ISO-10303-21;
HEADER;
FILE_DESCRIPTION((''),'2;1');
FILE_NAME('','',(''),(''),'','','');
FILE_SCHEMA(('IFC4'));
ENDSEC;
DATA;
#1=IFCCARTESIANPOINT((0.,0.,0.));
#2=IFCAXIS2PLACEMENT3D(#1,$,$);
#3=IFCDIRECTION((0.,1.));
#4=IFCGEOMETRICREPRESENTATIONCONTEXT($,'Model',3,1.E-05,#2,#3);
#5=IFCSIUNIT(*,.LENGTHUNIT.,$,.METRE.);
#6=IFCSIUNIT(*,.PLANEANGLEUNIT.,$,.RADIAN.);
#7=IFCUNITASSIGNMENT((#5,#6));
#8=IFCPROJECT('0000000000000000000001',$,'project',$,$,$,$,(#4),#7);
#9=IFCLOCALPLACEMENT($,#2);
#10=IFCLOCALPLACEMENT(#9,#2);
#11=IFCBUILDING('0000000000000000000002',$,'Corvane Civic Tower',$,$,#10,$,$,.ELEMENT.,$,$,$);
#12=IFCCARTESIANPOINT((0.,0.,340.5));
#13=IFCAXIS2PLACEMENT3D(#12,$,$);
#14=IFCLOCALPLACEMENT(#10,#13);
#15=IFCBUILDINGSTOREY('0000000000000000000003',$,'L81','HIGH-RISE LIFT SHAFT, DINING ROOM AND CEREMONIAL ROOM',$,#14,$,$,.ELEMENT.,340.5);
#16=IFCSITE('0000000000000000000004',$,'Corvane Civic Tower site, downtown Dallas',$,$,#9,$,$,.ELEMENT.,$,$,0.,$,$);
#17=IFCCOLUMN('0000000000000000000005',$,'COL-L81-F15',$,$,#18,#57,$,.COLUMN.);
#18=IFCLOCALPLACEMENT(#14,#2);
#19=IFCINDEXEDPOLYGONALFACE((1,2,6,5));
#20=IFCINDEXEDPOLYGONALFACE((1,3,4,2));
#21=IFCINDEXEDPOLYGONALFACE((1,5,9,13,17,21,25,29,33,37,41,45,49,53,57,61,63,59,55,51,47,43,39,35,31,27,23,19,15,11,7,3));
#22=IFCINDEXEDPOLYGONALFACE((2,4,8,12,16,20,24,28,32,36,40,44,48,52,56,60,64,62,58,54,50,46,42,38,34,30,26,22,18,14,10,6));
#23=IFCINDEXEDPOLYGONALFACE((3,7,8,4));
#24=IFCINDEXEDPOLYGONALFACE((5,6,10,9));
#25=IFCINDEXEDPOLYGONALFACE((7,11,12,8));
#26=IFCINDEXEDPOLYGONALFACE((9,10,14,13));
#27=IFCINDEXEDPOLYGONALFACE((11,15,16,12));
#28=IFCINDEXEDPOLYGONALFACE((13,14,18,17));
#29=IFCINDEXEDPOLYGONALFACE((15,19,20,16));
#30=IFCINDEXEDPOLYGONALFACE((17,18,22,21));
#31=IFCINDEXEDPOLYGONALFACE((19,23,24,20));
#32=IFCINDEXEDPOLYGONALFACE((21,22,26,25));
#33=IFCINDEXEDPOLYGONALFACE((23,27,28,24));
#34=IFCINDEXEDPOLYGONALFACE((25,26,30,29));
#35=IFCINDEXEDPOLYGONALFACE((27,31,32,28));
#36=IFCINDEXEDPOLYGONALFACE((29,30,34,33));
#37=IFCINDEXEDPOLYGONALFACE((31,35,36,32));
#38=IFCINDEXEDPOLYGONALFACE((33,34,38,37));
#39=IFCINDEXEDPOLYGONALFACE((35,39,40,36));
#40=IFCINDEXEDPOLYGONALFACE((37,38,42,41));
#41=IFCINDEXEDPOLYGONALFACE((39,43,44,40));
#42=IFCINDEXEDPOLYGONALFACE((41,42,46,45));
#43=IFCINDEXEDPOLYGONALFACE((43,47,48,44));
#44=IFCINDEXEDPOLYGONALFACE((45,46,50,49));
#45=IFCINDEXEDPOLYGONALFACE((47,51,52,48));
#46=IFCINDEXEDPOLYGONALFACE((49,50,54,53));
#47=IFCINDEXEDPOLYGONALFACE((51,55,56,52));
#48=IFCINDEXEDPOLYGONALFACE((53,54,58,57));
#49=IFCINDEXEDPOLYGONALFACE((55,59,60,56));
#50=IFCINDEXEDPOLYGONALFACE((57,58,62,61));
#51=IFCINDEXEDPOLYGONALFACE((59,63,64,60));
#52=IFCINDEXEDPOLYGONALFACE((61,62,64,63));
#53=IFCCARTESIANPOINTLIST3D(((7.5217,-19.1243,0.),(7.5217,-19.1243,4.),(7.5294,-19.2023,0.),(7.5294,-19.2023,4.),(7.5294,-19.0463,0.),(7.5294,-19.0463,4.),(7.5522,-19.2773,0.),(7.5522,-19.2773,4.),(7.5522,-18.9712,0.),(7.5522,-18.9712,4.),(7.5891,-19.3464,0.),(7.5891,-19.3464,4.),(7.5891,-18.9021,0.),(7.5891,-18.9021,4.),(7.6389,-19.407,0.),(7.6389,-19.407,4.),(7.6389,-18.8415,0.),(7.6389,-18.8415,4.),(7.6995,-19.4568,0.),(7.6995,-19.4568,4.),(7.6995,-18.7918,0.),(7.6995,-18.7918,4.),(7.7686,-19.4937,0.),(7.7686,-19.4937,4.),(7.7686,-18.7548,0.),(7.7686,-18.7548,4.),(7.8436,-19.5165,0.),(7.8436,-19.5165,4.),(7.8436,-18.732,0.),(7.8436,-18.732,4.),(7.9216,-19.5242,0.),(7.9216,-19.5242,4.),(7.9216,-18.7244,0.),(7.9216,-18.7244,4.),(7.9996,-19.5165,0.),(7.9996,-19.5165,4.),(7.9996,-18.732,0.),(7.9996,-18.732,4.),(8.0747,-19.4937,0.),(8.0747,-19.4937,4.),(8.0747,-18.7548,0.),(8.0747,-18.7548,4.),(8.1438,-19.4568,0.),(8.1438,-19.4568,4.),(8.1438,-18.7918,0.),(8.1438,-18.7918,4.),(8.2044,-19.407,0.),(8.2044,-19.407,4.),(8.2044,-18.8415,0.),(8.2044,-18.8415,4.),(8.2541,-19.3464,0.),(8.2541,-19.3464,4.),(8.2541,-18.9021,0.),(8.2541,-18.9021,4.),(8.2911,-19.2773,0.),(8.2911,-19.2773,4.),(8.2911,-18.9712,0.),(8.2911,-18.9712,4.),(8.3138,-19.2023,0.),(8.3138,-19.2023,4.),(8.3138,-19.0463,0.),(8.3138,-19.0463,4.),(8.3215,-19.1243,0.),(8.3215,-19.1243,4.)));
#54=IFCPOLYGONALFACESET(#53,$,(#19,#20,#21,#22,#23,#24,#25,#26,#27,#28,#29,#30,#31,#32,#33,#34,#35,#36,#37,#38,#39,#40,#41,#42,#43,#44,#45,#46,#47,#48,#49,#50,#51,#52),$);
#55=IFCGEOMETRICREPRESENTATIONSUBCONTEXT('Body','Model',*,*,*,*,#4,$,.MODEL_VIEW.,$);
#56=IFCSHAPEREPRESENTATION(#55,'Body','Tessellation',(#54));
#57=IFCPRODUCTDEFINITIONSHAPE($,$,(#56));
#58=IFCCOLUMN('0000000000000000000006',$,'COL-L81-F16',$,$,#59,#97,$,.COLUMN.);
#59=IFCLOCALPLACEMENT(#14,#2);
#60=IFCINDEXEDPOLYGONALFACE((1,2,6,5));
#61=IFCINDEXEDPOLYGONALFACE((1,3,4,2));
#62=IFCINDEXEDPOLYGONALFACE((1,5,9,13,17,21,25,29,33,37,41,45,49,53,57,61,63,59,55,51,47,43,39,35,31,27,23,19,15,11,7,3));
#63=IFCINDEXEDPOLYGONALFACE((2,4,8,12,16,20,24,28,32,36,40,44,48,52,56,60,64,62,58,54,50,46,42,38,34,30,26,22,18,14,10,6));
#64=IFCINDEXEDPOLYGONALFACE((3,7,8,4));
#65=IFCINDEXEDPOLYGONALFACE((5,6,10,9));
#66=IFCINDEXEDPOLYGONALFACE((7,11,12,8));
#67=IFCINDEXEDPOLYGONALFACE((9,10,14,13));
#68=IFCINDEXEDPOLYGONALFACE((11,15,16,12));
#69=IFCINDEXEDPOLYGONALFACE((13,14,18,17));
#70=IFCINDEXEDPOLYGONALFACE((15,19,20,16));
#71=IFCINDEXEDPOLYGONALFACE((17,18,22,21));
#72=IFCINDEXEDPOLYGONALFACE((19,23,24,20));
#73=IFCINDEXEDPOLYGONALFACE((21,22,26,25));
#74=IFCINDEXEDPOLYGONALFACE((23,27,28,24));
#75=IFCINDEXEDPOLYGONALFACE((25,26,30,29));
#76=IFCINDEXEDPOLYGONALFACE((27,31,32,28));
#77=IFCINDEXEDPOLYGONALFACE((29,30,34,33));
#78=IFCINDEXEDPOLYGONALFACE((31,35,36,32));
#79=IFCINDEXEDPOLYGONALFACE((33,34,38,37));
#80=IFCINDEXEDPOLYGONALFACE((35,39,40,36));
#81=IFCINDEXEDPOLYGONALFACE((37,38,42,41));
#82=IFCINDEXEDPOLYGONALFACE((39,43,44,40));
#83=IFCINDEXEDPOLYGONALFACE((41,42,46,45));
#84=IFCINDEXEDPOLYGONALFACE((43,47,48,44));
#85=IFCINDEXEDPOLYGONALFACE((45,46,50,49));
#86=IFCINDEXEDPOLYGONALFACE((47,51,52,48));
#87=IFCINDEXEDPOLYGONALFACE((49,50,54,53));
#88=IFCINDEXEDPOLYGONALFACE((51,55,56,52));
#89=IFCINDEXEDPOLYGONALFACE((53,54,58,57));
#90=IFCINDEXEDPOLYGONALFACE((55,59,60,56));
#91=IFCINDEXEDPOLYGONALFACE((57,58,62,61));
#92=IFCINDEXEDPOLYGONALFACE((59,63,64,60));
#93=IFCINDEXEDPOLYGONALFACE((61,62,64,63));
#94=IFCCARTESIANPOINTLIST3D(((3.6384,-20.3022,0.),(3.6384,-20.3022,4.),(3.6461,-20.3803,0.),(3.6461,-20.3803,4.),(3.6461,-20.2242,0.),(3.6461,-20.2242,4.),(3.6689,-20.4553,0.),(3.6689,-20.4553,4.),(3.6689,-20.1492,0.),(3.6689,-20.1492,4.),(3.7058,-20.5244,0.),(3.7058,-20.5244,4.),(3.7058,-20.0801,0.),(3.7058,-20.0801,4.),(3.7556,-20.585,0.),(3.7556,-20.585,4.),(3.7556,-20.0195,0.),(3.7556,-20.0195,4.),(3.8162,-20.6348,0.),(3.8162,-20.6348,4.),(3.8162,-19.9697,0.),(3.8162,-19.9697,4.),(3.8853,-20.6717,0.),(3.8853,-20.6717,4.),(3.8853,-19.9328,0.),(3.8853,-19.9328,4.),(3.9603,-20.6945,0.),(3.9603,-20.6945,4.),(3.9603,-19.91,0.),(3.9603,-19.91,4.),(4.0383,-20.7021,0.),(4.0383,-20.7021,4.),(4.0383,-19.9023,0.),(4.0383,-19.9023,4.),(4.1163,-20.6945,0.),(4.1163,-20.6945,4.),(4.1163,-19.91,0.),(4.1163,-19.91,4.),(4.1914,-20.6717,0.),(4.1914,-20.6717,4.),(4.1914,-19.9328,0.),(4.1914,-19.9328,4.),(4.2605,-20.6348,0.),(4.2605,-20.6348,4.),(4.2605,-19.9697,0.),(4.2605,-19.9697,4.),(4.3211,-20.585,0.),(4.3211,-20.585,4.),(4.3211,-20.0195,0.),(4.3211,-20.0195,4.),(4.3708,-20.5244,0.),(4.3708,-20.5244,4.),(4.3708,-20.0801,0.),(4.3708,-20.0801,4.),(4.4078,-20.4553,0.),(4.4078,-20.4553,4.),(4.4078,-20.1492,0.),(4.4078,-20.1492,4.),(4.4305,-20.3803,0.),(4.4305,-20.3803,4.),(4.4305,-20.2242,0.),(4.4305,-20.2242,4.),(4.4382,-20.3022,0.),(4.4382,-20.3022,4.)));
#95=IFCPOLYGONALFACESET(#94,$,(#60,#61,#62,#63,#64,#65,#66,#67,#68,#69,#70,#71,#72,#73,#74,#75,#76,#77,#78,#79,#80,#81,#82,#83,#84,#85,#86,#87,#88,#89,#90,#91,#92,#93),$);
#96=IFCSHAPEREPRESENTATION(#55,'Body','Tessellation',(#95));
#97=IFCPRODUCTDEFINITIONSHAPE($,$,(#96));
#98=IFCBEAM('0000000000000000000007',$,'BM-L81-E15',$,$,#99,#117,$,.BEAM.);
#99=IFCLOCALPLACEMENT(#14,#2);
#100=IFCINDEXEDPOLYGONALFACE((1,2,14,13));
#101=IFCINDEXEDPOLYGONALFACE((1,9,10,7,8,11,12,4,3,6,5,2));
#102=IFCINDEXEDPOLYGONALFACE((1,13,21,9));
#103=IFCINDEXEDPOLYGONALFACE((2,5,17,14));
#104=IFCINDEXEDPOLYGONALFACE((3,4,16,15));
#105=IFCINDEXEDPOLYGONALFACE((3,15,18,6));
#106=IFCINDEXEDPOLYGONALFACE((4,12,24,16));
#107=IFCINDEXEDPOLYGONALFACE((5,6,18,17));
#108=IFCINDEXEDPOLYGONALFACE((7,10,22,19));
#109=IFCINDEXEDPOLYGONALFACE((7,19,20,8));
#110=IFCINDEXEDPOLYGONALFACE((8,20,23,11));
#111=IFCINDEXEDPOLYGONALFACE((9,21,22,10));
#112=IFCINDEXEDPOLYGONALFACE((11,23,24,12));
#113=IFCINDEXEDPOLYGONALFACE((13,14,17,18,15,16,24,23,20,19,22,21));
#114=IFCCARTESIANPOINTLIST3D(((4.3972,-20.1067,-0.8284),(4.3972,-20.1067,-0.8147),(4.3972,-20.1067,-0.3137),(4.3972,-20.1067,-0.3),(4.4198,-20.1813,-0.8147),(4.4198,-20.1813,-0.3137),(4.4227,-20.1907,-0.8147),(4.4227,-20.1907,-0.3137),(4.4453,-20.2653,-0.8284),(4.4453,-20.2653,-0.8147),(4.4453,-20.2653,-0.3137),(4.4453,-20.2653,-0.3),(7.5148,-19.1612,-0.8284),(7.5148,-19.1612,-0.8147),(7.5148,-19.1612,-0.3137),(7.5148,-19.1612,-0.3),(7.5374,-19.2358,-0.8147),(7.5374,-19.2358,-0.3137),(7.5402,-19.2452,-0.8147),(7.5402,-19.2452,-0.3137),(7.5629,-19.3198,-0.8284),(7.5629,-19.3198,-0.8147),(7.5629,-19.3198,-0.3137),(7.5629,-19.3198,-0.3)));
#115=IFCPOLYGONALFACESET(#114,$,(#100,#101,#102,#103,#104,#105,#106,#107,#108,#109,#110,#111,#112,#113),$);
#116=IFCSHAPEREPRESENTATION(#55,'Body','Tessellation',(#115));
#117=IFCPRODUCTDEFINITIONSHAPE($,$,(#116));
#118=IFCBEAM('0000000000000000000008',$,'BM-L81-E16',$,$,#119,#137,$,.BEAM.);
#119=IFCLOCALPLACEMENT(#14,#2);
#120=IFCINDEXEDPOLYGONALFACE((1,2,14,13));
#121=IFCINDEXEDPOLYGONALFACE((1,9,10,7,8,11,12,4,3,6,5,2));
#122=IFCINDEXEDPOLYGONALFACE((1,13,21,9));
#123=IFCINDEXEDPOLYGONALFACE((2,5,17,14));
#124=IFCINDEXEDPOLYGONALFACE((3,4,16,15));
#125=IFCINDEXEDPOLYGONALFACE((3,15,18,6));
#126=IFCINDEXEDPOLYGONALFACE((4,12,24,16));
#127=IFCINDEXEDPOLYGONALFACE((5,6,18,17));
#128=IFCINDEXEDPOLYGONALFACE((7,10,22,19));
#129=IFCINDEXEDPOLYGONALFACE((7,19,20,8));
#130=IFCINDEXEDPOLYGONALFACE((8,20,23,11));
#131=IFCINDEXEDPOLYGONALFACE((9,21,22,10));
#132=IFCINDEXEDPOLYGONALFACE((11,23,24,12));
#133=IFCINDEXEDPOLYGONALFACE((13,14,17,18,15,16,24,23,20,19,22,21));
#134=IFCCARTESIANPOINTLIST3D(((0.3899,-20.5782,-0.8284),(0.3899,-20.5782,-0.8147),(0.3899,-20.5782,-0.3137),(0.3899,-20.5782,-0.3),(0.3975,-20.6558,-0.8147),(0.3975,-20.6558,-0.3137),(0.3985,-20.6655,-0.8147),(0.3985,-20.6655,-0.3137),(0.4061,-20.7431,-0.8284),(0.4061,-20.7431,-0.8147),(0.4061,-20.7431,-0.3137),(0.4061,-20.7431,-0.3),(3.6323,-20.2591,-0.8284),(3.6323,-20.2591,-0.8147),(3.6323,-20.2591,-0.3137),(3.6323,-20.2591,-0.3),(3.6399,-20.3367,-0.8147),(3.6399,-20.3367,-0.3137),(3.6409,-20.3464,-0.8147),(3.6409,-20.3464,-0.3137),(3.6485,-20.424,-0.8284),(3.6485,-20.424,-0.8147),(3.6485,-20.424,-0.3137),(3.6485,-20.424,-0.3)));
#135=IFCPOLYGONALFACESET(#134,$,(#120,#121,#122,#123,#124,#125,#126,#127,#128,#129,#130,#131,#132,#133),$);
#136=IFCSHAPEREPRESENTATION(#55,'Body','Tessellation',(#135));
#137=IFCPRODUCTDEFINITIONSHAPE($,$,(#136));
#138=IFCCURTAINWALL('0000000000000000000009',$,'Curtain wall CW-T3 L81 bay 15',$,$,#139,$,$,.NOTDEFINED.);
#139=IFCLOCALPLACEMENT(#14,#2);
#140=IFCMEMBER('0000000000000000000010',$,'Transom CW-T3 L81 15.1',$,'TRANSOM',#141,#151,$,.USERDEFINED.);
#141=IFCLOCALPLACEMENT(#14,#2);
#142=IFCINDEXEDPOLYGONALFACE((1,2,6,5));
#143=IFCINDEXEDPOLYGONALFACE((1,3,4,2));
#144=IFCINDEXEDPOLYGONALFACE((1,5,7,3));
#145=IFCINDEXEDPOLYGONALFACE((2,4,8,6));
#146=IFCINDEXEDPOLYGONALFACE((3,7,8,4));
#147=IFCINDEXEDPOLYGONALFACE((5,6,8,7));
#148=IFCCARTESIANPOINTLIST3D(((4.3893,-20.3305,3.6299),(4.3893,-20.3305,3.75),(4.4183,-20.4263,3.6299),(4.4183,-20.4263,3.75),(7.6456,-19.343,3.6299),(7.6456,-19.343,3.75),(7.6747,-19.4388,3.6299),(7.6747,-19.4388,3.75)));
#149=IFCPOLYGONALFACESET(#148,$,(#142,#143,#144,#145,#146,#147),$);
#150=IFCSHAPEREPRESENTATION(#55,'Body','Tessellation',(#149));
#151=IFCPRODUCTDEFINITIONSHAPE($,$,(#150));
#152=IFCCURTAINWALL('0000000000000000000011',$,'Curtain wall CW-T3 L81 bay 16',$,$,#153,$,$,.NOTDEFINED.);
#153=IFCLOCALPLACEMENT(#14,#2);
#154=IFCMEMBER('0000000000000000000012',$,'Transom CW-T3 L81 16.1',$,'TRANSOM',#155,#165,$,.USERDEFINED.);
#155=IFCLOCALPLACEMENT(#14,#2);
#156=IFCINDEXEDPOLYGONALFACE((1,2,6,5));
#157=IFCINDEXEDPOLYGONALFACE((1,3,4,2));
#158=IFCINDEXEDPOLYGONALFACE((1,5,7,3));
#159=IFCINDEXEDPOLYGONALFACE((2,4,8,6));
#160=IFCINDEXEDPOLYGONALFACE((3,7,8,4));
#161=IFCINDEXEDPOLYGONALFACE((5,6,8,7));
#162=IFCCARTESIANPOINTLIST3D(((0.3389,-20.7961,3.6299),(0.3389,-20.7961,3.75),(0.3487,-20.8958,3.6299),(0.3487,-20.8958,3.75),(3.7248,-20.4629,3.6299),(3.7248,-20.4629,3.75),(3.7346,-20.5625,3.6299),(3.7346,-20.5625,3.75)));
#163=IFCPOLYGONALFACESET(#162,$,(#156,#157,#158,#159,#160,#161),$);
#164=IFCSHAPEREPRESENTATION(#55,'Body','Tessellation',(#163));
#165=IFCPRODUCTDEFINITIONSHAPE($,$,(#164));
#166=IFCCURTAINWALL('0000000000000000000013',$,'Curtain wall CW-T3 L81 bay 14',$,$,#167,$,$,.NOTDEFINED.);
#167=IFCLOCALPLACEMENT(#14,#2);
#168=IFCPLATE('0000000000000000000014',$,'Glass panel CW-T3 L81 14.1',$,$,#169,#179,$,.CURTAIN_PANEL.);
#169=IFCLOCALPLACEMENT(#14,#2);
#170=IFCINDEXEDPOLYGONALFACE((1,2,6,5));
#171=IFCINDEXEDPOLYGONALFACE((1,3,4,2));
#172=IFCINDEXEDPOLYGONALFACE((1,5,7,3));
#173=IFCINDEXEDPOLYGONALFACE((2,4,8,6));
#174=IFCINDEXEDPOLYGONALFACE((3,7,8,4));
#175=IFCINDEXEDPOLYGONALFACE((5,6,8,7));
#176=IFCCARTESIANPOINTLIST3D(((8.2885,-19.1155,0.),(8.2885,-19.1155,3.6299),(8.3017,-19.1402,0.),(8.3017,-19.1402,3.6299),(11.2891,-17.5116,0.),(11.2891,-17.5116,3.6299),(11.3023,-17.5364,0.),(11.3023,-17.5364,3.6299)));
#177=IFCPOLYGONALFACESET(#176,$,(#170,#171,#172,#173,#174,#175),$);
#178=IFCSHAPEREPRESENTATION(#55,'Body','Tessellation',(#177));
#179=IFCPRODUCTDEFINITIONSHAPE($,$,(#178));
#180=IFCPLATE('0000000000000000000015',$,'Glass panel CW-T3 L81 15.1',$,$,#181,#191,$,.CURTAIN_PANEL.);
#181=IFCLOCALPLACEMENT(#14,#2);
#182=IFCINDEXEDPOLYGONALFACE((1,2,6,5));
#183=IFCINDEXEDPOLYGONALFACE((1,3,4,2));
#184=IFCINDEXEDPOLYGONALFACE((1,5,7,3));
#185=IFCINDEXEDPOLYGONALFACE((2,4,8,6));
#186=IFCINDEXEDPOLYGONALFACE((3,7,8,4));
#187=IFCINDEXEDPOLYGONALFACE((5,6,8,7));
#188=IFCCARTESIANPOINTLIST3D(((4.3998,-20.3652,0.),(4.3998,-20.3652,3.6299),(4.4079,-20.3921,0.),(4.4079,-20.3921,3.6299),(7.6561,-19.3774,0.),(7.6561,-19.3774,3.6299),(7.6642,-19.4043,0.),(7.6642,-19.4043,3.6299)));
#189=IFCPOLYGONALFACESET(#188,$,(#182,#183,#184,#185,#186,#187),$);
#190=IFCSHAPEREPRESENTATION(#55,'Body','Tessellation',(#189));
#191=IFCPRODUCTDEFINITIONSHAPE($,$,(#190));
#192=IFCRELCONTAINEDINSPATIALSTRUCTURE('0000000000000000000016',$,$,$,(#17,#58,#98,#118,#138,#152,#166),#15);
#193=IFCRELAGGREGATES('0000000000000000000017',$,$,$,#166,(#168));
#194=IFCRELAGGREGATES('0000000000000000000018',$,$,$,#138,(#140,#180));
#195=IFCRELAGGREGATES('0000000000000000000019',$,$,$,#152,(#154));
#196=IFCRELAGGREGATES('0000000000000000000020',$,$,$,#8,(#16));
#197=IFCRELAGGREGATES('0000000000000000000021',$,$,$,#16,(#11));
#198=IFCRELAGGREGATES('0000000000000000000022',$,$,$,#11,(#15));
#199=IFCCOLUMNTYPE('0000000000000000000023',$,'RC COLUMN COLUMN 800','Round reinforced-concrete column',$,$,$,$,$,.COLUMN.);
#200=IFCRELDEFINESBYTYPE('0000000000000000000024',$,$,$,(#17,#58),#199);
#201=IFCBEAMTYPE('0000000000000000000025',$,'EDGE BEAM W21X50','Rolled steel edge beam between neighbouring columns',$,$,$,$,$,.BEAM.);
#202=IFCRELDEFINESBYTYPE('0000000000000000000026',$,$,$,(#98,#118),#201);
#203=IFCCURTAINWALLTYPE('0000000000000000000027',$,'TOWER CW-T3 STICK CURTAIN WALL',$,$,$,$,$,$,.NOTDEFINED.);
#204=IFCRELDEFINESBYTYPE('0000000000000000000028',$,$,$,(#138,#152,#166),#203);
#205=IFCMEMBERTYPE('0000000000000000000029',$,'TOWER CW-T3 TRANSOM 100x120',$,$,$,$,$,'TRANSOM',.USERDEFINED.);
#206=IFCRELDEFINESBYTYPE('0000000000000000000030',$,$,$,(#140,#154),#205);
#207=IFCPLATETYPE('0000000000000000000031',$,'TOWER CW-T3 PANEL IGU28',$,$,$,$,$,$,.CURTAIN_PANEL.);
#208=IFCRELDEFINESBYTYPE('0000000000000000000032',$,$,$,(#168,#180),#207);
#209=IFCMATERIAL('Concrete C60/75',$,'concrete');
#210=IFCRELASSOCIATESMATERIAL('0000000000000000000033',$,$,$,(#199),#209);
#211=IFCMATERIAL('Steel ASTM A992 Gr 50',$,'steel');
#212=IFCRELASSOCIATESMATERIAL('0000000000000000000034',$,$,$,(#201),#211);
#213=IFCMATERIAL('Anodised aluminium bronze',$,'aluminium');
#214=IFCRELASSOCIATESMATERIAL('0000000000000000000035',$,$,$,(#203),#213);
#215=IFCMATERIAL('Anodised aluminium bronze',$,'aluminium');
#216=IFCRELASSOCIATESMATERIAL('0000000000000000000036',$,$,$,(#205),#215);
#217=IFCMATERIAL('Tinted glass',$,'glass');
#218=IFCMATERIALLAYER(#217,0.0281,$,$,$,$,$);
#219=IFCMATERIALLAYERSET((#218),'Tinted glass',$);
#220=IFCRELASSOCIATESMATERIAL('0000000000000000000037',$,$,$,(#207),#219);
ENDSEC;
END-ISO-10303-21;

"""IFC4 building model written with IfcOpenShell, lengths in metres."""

from ifc_helpers import new_model, si_unit, direction, frame, origin, origin_2d, place, context, subcontext, project, spatial, rectangle, circle, i_section, extrude, material, layer, layer_set, material_profile, profile_set, type_object, element, aggregate, save


model = new_model("IFC4")

# Units and contexts
model_context = context("Model", 3, precision=1e-05, world=origin(), true_north=direction((0.0, 1.0)))
body_context = subcontext(model_context, "Body", "Model", "MODEL_VIEW")
ifc_project = project(units=[si_unit("LENGTHUNIT", "METRE"), si_unit("PLANEANGLEUNIT", "RADIAN")], contexts=[model_context])

# Site, building, storey
site_placement = place(None, origin())
site = spatial("IfcSite", under=ifc_project, at=site_placement, Name="Corvane Civic Tower site, downtown Dallas", CompositionType="ELEMENT", RefElevation=0.0)
building_placement = place(site_placement, origin())
building = spatial("IfcBuilding", under=site, at=building_placement, Name="Corvane Civic Tower", CompositionType="ELEMENT")
storey_placement = place(building_placement, frame((0.0, 0.0, 340.5)))
storey = spatial("IfcBuildingStorey", under=building, at=storey_placement, Name="L81", Description="HIGH-RISE LIFT SHAFT, DINING ROOM AND CEREMONIAL ROOM", CompositionType="ELEMENT", Elevation=340.5)

# Columns
ifc_material_1 = material(Name="Concrete C60/75", Category="concrete")
ifc_material_profile_1 = material_profile(ifc_material_1, circle(Radius=0.3999, at=origin_2d()), Name="COLUMN 800")
ifc_profile_set_1 = profile_set([ifc_material_profile_1], Name="Concrete C60/75")
column_type = type_object("IfcColumnType", Name="RC COLUMN COLUMN 800", Description="Round reinforced-concrete column", PredefinedType="COLUMN", material=ifc_profile_set_1)
for number, where, z_axis, x_axis, name in (
    (1, (7.9216, -19.1243, 0.0), (0.0, 0.0, 1.0), (1.0, 0.0, 0.0), "COL-L81-F15"),
    (2, (4.0383, -20.3022, 0.0), (0.0, 0.0, 1.0), (1.0, 0.0, 0.0), "COL-L81-F16"),
):
    element("IfcColumn", number, at=place(storey_placement, frame(where, z_axis=z_axis, x_axis=x_axis)), inside=storey, type_object=column_type, Name=name, PredefinedType="COLUMN", context=body_context, shape_type="SweptSolid", body=[
        extrude(circle(Radius=0.3999, at=origin_2d()), origin(), (0.0, 0.0, 1.0), 4.0),
    ])

# Beams
ifc_material_2 = material(Name="Steel ASTM A992 Gr 50", Category="steel")
ifc_material_profile_2 = material_profile(ifc_material_2, i_section(OverallWidth=0.1658, OverallDepth=0.5283, WebThickness=0.0098, FlangeThickness=0.0137, at=origin_2d()), Name="W21X50")
ifc_profile_set_2 = profile_set([ifc_material_profile_2], Name="Steel ASTM A992 Gr 50")
beam_type = type_object("IfcBeamType", Name="EDGE BEAM W21X50", Description="Rolled steel edge beam between neighbouring columns", PredefinedType="BEAM", material=ifc_profile_set_2)
beam_1_placement = place(storey_placement, frame((7.5388, -19.2405, -0.5642), z_axis=(-0.956956, -0.290234, 0.0), x_axis=(0.290234, -0.956956, 0.0)))
element("IfcBeam", 3, at=beam_1_placement, inside=storey, type_object=beam_type, Name="BM-L81-E15", PredefinedType="BEAM", context=body_context, shape_type="SweptSolid", body=[
    extrude(i_section(OverallWidth=0.1658, OverallDepth=0.5283, WebThickness=0.0098, FlangeThickness=0.0137, at=origin_2d()), origin(), (0.0, 0.0, 1.0), 3.2578),
])
beam_2_placement = place(storey_placement, frame((3.6404, -20.3416, -0.5642), z_axis=(-0.995193, -0.097938, 0.0), x_axis=(0.097938, -0.995193, 0.0)))
element("IfcBeam", 4, at=beam_2_placement, inside=storey, type_object=beam_type, Name="BM-L81-E16", PredefinedType="BEAM", context=body_context, shape_type="SweptSolid", body=[
    extrude(i_section(OverallWidth=0.1658, OverallDepth=0.5283, WebThickness=0.0098, FlangeThickness=0.0137, at=origin_2d()), origin(), (0.0, 0.0, 1.0), 3.2581),
])

# Curtain walls, members
ifc_material_3 = material(Name="Anodised aluminium bronze", Category="aluminium")
curtain_wall_type = type_object("IfcCurtainWallType", Name="TOWER CW-T3 STICK CURTAIN WALL", PredefinedType="NOTDEFINED", material=ifc_material_3)
curtain_wall_1_placement = place(storey_placement, origin())
curtain_wall_1 = element("IfcCurtainWall", 5, at=curtain_wall_1_placement, inside=storey, type_object=curtain_wall_type, Name="Curtain wall CW-T3 L81 bay 15", PredefinedType="NOTDEFINED")
ifc_material_4 = material(Name="Anodised aluminium bronze", Category="aluminium")
ifc_material_profile_3 = material_profile(ifc_material_4, rectangle(XDim=0.1001, YDim=0.1201, at=origin_2d()), Name="TOWER CW-T3 TRANSOM 100x120")
ifc_profile_set_3 = profile_set([ifc_material_profile_3], Name="Anodised aluminium bronze")
member_type = type_object("IfcMemberType", Name="TOWER CW-T3 TRANSOM 100x120", ElementType="TRANSOM", PredefinedType="USERDEFINED", material=ifc_profile_set_3)
member_1_placement = place(storey_placement, frame((7.6602, -19.3909, 3.6899), z_axis=(-0.956961, -0.290216, 0.0), x_axis=(0.290216, -0.956961, 0.0)))
member_1 = element("IfcMember", 6, at=member_1_placement, type_object=member_type, Name="Transom CW-T3 L81 15.1", ObjectType="TRANSOM", PredefinedType="USERDEFINED", context=body_context, shape_type="SweptSolid", body=[
    extrude(rectangle(XDim=0.1001, YDim=0.1201, at=origin_2d()), origin(), (0.0, 0.0, 1.0), 3.4028),
])
curtain_wall_2_placement = place(storey_placement, origin())
curtain_wall_2 = element("IfcCurtainWall", 7, at=curtain_wall_2_placement, inside=storey, type_object=curtain_wall_type, Name="Curtain wall CW-T3 L81 bay 16", PredefinedType="NOTDEFINED")
member_2_placement = place(storey_placement, frame((3.7297, -20.5127, 3.6899), z_axis=(-0.995192, -0.097948, 0.0), x_axis=(0.097948, -0.995192, 0.0)))
member_2 = element("IfcMember", 8, at=member_2_placement, type_object=member_type, Name="Transom CW-T3 L81 16.1", ObjectType="TRANSOM", PredefinedType="USERDEFINED", context=body_context, shape_type="SweptSolid", body=[
    extrude(rectangle(XDim=0.1001, YDim=0.1201, at=origin_2d()), origin(), (0.0, 0.0, 1.0), 3.4023),
])

# Curtain wall, plate
curtain_wall_3_placement = place(storey_placement, origin())
curtain_wall_3 = element("IfcCurtainWall", 9, at=curtain_wall_3_placement, inside=storey, type_object=curtain_wall_type, Name="Curtain wall CW-T3 L81 bay 14", PredefinedType="NOTDEFINED")
ifc_material_5 = material(Name="Tinted glass", Category="glass")
ifc_layer_1 = layer(ifc_material_5, 0.0281)
ifc_layer_set_1 = layer_set([ifc_layer_1], Name="Tinted glass")
plate_type = type_object("IfcPlateType", Name="TOWER CW-T3 PANEL IGU28", PredefinedType="CURTAIN_PANEL", material=ifc_layer_set_1)
plate_1_placement = place(storey_placement, frame((9.7954, -18.3259, 0.0), z_axis=(0.0, 0.0, 1.0), x_axis=(-0.881928, -0.471384, 0.0)))
plate_1 = element("IfcPlate", 10, at=plate_1_placement, type_object=plate_type, Name="Glass panel CW-T3 L81 14.1", PredefinedType="CURTAIN_PANEL", context=body_context, shape_type="SweptSolid", body=[
    extrude(rectangle(XDim=3.4023, YDim=0.0281, at=origin_2d()), origin(), (0.0, 0.0, 1.0), 3.6299),
])
aggregate(curtain_wall_3, [plate_1])

# Plate
plate_2_placement = place(storey_placement, frame((6.032, -19.8848, 0.0), z_axis=(0.0, 0.0, 1.0), x_axis=(-0.956939, -0.29029, 0.0)))
plate_2 = element("IfcPlate", 11, at=plate_2_placement, type_object=plate_type, Name="Glass panel CW-T3 L81 15.1", PredefinedType="CURTAIN_PANEL", context=body_context, shape_type="SweptSolid", body=[
    extrude(rectangle(XDim=3.4028, YDim=0.0281, at=origin_2d()), origin(), (0.0, 0.0, 1.0), 3.6299),
])
aggregate(curtain_wall_1, [member_1, plate_2])
aggregate(curtain_wall_2, [member_2])

save(model, "model.ifc")
